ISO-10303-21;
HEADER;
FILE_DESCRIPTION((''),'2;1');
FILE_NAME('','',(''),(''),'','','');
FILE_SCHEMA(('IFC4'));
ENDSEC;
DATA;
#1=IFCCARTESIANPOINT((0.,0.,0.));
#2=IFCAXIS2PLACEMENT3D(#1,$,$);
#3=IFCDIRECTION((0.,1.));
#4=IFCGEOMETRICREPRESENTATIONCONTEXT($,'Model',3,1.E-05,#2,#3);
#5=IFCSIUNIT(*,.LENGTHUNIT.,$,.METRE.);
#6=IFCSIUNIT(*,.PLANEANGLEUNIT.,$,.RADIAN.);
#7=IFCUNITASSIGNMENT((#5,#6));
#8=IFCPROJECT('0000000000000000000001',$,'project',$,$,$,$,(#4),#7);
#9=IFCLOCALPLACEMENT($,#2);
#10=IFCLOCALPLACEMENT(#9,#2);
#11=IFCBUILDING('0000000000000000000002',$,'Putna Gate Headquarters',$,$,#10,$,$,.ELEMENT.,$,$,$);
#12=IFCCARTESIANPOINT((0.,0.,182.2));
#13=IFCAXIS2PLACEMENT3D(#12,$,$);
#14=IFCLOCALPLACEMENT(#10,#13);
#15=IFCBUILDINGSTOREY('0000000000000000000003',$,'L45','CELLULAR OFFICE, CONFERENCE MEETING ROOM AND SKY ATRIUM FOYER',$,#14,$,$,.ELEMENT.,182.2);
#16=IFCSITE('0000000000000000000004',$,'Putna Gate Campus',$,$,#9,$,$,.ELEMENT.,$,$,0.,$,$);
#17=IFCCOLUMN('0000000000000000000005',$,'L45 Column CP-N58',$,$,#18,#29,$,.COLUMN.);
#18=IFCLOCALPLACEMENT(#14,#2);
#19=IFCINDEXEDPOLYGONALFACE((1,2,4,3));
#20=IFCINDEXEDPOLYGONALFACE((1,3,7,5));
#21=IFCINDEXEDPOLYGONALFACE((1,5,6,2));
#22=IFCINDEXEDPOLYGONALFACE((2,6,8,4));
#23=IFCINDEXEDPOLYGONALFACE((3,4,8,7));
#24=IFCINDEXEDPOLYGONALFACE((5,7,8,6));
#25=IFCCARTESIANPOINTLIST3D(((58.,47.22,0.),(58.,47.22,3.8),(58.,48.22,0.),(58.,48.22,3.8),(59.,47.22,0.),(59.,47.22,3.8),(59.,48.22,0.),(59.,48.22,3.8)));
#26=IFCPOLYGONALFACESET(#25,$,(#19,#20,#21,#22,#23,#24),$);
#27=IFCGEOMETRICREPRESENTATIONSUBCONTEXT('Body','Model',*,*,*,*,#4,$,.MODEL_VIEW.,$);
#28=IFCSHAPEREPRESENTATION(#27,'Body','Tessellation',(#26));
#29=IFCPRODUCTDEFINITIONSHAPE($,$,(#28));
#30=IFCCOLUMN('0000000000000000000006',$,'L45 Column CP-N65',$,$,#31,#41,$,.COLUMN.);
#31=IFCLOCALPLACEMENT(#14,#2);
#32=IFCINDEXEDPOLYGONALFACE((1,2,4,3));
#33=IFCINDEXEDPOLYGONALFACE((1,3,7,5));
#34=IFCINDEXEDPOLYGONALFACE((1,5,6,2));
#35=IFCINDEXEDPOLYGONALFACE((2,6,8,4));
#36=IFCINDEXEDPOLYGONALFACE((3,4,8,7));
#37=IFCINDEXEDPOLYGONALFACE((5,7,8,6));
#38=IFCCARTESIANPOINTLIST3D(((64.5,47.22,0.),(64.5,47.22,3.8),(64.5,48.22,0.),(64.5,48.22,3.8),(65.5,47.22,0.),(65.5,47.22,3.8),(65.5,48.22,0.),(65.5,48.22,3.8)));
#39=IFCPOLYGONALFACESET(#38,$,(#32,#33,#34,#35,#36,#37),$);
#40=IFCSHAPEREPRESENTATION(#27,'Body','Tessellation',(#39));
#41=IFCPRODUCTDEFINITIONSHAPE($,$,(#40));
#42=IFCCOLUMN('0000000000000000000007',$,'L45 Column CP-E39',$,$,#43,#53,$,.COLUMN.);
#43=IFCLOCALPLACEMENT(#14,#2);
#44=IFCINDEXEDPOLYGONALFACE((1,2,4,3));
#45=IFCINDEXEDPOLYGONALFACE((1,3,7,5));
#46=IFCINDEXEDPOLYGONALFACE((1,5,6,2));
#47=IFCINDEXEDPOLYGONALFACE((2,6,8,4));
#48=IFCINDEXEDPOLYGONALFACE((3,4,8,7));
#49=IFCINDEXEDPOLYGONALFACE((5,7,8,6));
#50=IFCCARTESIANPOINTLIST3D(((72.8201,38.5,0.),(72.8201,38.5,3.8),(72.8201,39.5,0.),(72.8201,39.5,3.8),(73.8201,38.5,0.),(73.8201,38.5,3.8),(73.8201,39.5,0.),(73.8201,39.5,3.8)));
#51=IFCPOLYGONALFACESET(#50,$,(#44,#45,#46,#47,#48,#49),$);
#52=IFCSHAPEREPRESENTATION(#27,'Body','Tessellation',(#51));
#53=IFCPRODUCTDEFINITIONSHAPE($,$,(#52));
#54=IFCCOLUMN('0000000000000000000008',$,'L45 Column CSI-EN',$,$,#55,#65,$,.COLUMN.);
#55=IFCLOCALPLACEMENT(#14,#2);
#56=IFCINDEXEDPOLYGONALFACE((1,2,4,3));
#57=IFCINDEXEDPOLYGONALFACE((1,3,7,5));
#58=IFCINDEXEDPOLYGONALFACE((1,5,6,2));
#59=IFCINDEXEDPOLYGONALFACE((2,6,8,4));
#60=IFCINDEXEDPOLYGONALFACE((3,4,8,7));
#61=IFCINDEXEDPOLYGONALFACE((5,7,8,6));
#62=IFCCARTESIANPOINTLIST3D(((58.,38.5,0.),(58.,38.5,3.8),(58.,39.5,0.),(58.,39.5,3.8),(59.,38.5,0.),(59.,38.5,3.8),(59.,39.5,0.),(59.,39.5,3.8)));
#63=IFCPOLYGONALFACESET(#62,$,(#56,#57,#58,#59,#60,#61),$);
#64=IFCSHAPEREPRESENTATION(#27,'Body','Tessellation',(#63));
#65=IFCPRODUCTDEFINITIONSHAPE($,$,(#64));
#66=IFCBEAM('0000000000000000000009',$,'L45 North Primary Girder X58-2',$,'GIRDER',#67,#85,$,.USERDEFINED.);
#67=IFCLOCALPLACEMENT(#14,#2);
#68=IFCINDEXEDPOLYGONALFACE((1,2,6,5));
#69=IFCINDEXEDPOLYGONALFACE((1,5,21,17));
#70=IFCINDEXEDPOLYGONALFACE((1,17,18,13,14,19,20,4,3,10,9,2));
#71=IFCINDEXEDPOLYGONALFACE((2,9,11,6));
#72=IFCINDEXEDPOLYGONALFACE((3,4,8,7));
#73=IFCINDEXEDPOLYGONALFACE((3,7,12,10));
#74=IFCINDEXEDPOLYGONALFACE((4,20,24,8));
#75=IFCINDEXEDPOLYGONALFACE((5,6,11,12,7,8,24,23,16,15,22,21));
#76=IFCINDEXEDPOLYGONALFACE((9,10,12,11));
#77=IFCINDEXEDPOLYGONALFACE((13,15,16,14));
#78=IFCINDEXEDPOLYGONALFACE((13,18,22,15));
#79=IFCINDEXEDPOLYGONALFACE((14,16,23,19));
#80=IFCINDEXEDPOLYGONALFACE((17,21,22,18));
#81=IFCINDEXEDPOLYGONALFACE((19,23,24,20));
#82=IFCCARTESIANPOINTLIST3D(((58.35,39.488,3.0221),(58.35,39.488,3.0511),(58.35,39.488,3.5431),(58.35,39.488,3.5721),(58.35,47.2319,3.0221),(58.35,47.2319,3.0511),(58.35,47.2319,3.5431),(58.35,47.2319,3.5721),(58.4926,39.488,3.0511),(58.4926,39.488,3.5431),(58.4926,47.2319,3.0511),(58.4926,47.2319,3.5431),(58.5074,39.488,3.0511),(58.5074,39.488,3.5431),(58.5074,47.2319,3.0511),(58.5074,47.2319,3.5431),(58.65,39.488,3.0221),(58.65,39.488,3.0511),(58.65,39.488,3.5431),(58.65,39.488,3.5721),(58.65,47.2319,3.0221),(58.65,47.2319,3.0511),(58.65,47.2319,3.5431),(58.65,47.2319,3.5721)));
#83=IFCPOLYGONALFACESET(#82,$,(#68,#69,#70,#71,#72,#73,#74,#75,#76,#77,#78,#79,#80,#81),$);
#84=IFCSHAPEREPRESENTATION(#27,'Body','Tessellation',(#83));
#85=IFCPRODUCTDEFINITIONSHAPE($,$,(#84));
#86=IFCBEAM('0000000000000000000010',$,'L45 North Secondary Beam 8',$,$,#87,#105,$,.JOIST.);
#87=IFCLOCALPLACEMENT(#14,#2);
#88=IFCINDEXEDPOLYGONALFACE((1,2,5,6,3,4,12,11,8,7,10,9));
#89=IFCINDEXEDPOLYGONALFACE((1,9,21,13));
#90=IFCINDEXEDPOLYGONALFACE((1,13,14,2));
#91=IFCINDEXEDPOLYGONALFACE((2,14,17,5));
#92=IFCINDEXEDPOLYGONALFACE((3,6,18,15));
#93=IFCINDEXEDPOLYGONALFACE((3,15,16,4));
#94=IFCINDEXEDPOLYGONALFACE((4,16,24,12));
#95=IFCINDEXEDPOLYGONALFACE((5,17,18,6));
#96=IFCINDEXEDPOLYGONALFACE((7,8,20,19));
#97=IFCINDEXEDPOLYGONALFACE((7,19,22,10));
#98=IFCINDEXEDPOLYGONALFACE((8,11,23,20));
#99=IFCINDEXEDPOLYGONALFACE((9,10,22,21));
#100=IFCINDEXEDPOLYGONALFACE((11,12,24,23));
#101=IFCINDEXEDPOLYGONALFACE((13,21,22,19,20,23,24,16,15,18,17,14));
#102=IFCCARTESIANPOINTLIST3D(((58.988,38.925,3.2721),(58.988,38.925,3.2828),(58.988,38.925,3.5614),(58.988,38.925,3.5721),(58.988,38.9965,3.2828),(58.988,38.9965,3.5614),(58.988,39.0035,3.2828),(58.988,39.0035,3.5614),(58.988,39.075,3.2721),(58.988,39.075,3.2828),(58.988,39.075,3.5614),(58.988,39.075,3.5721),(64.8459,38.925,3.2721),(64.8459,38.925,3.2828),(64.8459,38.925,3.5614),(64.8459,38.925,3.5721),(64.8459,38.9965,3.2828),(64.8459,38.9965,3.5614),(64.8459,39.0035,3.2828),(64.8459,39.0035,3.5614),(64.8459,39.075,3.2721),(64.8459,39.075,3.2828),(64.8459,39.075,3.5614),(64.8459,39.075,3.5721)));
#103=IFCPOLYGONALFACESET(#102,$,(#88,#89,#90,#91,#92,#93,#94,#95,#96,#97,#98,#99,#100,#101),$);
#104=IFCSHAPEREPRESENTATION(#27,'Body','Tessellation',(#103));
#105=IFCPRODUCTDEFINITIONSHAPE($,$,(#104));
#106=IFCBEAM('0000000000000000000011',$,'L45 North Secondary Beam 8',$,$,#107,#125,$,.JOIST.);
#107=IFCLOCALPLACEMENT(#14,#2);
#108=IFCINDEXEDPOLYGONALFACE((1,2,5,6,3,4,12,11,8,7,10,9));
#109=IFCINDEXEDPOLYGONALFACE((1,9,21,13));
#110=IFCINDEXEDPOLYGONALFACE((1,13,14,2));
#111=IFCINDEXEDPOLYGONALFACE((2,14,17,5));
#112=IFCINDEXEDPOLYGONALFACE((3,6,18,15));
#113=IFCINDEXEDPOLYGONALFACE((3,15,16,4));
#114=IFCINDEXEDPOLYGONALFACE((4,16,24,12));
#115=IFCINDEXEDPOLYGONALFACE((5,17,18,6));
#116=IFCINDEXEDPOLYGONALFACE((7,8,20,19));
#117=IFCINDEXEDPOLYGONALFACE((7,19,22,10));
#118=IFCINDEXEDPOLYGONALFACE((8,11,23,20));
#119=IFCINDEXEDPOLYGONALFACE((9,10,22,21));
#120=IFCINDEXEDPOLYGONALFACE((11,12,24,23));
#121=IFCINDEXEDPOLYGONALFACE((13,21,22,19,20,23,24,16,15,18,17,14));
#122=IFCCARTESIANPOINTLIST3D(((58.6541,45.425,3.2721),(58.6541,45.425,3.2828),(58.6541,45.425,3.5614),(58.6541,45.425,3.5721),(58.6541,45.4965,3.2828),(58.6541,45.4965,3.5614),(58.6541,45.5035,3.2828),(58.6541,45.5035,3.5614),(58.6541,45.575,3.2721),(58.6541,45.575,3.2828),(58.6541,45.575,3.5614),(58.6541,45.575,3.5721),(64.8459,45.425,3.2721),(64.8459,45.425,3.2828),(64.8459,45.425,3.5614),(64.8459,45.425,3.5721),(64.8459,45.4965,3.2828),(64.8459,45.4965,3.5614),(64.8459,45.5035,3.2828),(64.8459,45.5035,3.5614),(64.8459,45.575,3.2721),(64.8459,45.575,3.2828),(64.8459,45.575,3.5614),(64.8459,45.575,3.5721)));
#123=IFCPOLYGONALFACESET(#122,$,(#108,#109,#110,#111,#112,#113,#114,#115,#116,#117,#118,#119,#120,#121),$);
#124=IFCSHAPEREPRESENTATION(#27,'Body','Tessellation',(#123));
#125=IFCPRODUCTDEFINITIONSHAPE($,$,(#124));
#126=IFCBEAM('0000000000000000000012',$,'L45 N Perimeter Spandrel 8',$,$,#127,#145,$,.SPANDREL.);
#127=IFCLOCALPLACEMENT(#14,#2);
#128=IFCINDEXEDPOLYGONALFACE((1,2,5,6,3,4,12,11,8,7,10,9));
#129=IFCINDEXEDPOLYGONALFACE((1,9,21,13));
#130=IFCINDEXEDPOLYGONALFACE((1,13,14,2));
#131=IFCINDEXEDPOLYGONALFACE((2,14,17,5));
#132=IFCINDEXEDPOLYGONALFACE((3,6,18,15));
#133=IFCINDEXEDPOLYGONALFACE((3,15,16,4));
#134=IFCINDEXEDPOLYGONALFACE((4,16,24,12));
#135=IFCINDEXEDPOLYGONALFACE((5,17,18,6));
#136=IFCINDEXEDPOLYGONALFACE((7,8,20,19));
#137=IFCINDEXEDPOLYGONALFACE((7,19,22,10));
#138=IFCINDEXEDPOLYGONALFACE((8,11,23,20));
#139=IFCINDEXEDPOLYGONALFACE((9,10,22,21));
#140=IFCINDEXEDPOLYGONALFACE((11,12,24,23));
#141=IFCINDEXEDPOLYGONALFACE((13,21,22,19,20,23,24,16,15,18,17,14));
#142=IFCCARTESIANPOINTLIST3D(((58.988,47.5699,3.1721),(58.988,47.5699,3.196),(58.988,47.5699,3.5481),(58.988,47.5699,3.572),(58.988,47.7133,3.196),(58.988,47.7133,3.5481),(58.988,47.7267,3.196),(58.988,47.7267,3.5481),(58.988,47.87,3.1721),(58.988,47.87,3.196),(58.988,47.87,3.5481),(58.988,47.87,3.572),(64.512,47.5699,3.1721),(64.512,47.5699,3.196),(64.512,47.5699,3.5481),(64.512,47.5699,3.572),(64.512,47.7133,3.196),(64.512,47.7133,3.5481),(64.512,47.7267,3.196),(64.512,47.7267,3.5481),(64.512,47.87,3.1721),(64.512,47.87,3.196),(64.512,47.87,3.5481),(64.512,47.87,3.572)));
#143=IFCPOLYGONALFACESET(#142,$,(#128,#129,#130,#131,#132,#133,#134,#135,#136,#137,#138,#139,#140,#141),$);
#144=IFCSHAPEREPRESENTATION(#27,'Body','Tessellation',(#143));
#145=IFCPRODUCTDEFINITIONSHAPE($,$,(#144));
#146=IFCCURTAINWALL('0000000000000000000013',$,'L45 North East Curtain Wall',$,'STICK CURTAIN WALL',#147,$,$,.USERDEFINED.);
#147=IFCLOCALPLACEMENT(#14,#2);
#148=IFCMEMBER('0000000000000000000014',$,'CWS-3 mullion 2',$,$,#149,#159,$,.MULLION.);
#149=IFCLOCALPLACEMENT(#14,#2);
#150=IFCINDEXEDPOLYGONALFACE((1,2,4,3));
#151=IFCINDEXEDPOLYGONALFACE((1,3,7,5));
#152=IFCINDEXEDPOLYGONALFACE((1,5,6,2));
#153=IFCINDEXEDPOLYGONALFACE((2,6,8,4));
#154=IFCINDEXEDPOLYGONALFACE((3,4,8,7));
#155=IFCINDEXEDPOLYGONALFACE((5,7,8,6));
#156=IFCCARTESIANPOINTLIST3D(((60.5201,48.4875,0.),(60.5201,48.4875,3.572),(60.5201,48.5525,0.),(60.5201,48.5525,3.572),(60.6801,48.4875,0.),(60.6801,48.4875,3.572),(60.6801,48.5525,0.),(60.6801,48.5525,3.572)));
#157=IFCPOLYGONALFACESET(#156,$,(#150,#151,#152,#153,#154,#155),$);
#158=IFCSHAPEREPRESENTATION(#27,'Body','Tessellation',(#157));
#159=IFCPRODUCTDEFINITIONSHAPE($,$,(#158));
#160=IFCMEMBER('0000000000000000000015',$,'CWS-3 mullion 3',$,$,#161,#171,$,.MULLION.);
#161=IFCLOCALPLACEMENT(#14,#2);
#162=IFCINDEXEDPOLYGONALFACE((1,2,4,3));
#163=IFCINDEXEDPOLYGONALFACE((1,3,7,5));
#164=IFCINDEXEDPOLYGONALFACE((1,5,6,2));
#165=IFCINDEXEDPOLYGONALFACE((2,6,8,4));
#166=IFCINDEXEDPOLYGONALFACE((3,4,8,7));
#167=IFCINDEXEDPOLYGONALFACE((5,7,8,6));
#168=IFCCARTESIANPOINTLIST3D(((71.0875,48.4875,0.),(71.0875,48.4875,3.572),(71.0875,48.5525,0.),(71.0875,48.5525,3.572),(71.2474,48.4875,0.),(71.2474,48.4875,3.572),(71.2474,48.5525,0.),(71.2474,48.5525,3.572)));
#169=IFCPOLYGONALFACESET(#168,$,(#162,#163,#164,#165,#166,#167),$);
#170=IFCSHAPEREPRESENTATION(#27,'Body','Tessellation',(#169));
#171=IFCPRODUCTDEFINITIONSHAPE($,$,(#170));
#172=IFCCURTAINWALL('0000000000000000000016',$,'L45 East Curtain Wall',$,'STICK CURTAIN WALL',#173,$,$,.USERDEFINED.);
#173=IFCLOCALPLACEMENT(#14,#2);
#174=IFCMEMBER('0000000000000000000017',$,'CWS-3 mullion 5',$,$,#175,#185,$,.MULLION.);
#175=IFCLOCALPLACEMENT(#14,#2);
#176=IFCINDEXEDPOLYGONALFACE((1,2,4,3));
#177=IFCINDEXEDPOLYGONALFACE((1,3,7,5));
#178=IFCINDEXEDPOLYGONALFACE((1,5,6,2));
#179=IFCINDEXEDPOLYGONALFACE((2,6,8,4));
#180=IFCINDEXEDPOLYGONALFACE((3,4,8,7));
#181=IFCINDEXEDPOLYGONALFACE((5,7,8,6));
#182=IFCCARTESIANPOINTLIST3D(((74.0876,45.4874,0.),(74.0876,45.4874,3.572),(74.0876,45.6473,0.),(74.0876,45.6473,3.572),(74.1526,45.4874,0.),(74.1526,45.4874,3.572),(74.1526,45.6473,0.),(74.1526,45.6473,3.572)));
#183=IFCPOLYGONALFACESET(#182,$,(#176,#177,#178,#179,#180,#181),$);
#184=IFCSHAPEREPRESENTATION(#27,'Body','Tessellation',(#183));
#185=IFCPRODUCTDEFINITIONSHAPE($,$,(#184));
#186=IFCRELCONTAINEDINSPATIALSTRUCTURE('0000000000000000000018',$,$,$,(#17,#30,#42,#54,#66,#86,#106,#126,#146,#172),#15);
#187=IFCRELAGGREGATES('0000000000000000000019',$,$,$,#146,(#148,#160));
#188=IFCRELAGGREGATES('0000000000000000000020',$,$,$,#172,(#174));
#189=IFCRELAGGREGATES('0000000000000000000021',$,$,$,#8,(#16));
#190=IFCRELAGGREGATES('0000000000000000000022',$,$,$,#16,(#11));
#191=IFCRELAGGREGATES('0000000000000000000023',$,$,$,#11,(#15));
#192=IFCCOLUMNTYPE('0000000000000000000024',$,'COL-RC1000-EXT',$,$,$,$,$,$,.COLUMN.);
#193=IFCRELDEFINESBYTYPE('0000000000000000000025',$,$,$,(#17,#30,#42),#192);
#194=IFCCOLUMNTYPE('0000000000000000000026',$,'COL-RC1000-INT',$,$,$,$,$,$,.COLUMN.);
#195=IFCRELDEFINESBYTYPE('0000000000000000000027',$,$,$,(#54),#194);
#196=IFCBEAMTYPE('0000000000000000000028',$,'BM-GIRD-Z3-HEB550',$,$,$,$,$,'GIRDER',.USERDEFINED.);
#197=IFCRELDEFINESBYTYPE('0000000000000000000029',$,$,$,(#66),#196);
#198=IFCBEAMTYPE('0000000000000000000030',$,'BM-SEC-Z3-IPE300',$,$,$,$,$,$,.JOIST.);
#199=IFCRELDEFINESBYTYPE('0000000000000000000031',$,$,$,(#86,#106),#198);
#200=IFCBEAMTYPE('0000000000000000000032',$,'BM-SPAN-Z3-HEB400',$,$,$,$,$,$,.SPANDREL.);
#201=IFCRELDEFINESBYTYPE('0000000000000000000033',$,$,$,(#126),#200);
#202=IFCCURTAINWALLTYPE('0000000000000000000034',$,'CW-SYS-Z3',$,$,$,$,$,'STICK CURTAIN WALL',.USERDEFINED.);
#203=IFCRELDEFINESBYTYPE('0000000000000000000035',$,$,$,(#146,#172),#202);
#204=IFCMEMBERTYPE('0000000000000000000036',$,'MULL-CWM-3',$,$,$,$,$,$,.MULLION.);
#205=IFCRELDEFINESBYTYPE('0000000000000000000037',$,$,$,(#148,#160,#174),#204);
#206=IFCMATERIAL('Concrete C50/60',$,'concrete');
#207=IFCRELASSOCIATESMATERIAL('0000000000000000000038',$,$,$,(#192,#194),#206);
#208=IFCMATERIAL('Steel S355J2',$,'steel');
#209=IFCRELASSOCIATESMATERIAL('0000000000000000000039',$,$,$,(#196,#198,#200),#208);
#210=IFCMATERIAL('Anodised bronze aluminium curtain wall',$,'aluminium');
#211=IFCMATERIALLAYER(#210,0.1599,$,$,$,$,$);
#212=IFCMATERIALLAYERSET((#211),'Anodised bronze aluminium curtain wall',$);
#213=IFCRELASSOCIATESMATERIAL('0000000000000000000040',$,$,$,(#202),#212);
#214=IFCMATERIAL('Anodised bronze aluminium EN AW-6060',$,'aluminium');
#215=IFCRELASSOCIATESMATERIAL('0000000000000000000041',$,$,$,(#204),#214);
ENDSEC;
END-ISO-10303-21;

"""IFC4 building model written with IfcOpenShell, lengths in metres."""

from ifc_helpers import new_model, si_unit, direction, frame, origin, origin_2d, place, context, subcontext, project, spatial, rectangle, i_section, extrude, material, layer, layer_set, material_profile, profile_set, type_object, element, aggregate, save


model = new_model("IFC4")

# Units and contexts
model_context = context("Model", 3, precision=1e-05, world=origin(), true_north=direction((0.0, 1.0)))
body_context = subcontext(model_context, "Body", "Model", "MODEL_VIEW")
ifc_project = project(units=[si_unit("LENGTHUNIT", "METRE"), si_unit("PLANEANGLEUNIT", "RADIAN")], contexts=[model_context])

# Site, building, storey
site_placement = place(None, origin())
site = spatial("IfcSite", under=ifc_project, at=site_placement, Name="Putna Gate Campus", CompositionType="ELEMENT", RefElevation=0.0)
building_placement = place(site_placement, origin())
building = spatial("IfcBuilding", under=site, at=building_placement, Name="Putna Gate Headquarters", CompositionType="ELEMENT")
storey_placement = place(building_placement, frame((0.0, 0.0, 182.2)))
storey = spatial("IfcBuildingStorey", under=building, at=storey_placement, Name="L45", Description="CELLULAR OFFICE, CONFERENCE MEETING ROOM AND SKY ATRIUM FOYER", CompositionType="ELEMENT", Elevation=182.2)

# Columns
ifc_material_1 = material(Name="Concrete C50/60", Category="concrete")
ifc_material_profile_1 = material_profile(ifc_material_1, rectangle(XDim=1.0, YDim=1.0, at=origin_2d()), Name="Concrete C50/60")
ifc_profile_set_1 = profile_set([ifc_material_profile_1], Name="Concrete C50/60")
column_type_1 = type_object("IfcColumnType", Name="COL-RC1000-EXT", PredefinedType="COLUMN", material=ifc_profile_set_1)
for number, where, z_axis, x_axis, name in (
    (1, (58.5, 47.72, 0.0), (0.0, 0.0, 1.0), (1.0, 0.0, 0.0), "L45 Column CP-N58"),
    (2, (65.0, 47.72, 0.0), (0.0, 0.0, 1.0), (1.0, 0.0, 0.0), "L45 Column CP-N65"),
    (3, (73.3201, 39.0, 0.0), (0.0, 0.0, 1.0), (1.0, 0.0, 0.0), "L45 Column CP-E39"),
):
    element("IfcColumn", number, at=place(storey_placement, frame(where, z_axis=z_axis, x_axis=x_axis)), inside=storey, type_object=column_type_1, Name=name, PredefinedType="COLUMN", context=body_context, shape_type="SweptSolid", body=[
        extrude(rectangle(XDim=1.0, YDim=1.0, at=origin_2d()), origin(), (0.0, 0.0, 1.0), 3.8),
    ])
ifc_material_profile_2 = material_profile(ifc_material_1, rectangle(XDim=1.0, YDim=1.0, at=origin_2d()), Name="Concrete C50/60")
ifc_profile_set_2 = profile_set([ifc_material_profile_2], Name="Concrete C50/60")
column_type_2 = type_object("IfcColumnType", Name="COL-RC1000-INT", PredefinedType="COLUMN", material=ifc_profile_set_2)
column_placement = place(storey_placement, frame((58.5, 39.0, 0.0), z_axis=(0.0, 0.0, 1.0), x_axis=(1.0, 0.0, 0.0)))
element("IfcColumn", 4, at=column_placement, inside=storey, type_object=column_type_2, Name="L45 Column CSI-EN", PredefinedType="COLUMN", context=body_context, shape_type="SweptSolid", body=[
    extrude(rectangle(XDim=1.0, YDim=1.0, at=origin_2d()), origin(), (0.0, 0.0, 1.0), 3.8),
])

# Beams
ifc_material_2 = material(Name="Steel S355J2", Category="steel")
ifc_material_profile_3 = material_profile(ifc_material_2, i_section(OverallWidth=0.3, OverallDepth=0.55, WebThickness=0.0149, FlangeThickness=0.0291, at=origin_2d()), Name="Steel S355J2")
ifc_profile_set_3 = profile_set([ifc_material_profile_3], Name="Steel S355J2")
beam_type_1 = type_object("IfcBeamType", Name="BM-GIRD-Z3-HEB550", ElementType="GIRDER", PredefinedType="USERDEFINED", material=ifc_profile_set_3)
beam_1_placement = place(storey_placement, frame((58.5, 39.488, 3.2971), z_axis=(0.0, 1.0, 0.0), x_axis=(-1.0, 0.0, 0.0)))
element("IfcBeam", 5, at=beam_1_placement, inside=storey, type_object=beam_type_1, Name="L45 North Primary Girder X58-2", ObjectType="GIRDER", PredefinedType="USERDEFINED", context=body_context, shape_type="SweptSolid", body=[
    extrude(i_section(OverallWidth=0.3, OverallDepth=0.55, WebThickness=0.0149, FlangeThickness=0.0291, at=origin_2d()), origin(), (0.0, 0.0, 1.0), 7.7439),
])
ifc_material_profile_4 = material_profile(ifc_material_2, i_section(OverallWidth=0.1499, OverallDepth=0.3, WebThickness=0.0071, FlangeThickness=0.0107, at=origin_2d()), Name="Steel S355J2")
ifc_profile_set_4 = profile_set([ifc_material_profile_4], Name="Steel S355J2")
beam_type_2 = type_object("IfcBeamType", Name="BM-SEC-Z3-IPE300", PredefinedType="JOIST", material=ifc_profile_set_4)
beam_2_placement = place(storey_placement, frame((58.988, 39.0, 3.4221), z_axis=(1.0, 0.0, 0.0), x_axis=(0.0, 1.0, 0.0)))
element("IfcBeam", 6, at=beam_2_placement, inside=storey, type_object=beam_type_2, Name="L45 North Secondary Beam 8", PredefinedType="JOIST", context=body_context, shape_type="SweptSolid", body=[
    extrude(i_section(OverallWidth=0.1499, OverallDepth=0.3, WebThickness=0.0071, FlangeThickness=0.0107, at=origin_2d()), origin(), (0.0, 0.0, 1.0), 5.8579),
])
beam_3_placement = place(storey_placement, frame((58.6541, 45.5, 3.4221), z_axis=(1.0, 0.0, 0.0), x_axis=(0.0, 1.0, 0.0)))
element("IfcBeam", 7, at=beam_3_placement, inside=storey, type_object=beam_type_2, Name="L45 North Secondary Beam 8", PredefinedType="JOIST", context=body_context, shape_type="SweptSolid", body=[
    extrude(i_section(OverallWidth=0.1499, OverallDepth=0.3, WebThickness=0.0071, FlangeThickness=0.0107, at=origin_2d()), origin(), (0.0, 0.0, 1.0), 6.1919),
])
ifc_material_profile_5 = material_profile(ifc_material_2, i_section(OverallWidth=0.3, OverallDepth=0.3999, WebThickness=0.0134, FlangeThickness=0.0239, at=origin_2d()), Name="Steel S355J2")
ifc_profile_set_5 = profile_set([ifc_material_profile_5], Name="Steel S355J2")
beam_type_3 = type_object("IfcBeamType", Name="BM-SPAN-Z3-HEB400", PredefinedType="SPANDREL", material=ifc_profile_set_5)
beam_4_placement = place(storey_placement, frame((58.988, 47.72, 3.3721), z_axis=(1.0, 0.0, 0.0), x_axis=(0.0, 1.0, 0.0)))
element("IfcBeam", 8, at=beam_4_placement, inside=storey, type_object=beam_type_3, Name="L45 N Perimeter Spandrel 8", PredefinedType="SPANDREL", context=body_context, shape_type="SweptSolid", body=[
    extrude(i_section(OverallWidth=0.3, OverallDepth=0.3999, WebThickness=0.0134, FlangeThickness=0.0239, at=origin_2d()), origin(), (0.0, 0.0, 1.0), 5.5239),
])

# Curtain wall, members
ifc_material_3 = material(Name="Anodised bronze aluminium curtain wall", Category="aluminium")
ifc_layer_1 = layer(ifc_material_3, 0.1599)
ifc_layer_set_1 = layer_set([ifc_layer_1], Name="Anodised bronze aluminium curtain wall")
curtain_wall_type = type_object("IfcCurtainWallType", Name="CW-SYS-Z3", ElementType="STICK CURTAIN WALL", PredefinedType="USERDEFINED", material=ifc_layer_set_1)
curtain_wall_1_placement = place(storey_placement, origin())
curtain_wall_1 = element("IfcCurtainWall", 9, at=curtain_wall_1_placement, inside=storey, type_object=curtain_wall_type, Name="L45 North East Curtain Wall", ObjectType="STICK CURTAIN WALL", PredefinedType="USERDEFINED")
ifc_material_4 = material(Name="Anodised bronze aluminium EN AW-6060", Category="aluminium")
ifc_material_profile_6 = material_profile(ifc_material_4, rectangle(XDim=0.0649, YDim=0.1599, at=origin_2d()), Name="Anodised bronze aluminium EN AW-6060")
ifc_profile_set_6 = profile_set([ifc_material_profile_6], Name="Anodised bronze aluminium EN AW-6060")
member_type_1 = type_object("IfcMemberType", Name="MULL-CWM-3", PredefinedType="MULLION", material=ifc_profile_set_6)
member_1_placement = place(storey_placement, frame((60.6001, 48.52, 0.0), z_axis=(0.0, 0.0, 1.0), x_axis=(0.0, 1.0, 0.0)))
member_1 = element("IfcMember", 10, at=member_1_placement, type_object=member_type_1, Name="CWS-3 mullion 2", PredefinedType="MULLION", context=body_context, shape_type="SweptSolid", body=[
    extrude(rectangle(XDim=0.0649, YDim=0.1599, at=origin_2d()), origin(), (0.0, 0.0, 1.0), 3.572),
])
member_2_placement = place(storey_placement, frame((71.1675, 48.52, 0.0), z_axis=(0.0, 0.0, 1.0), x_axis=(0.0, 1.0, 0.0)))
member_2 = element("IfcMember", 11, at=member_2_placement, type_object=member_type_1, Name="CWS-3 mullion 3", PredefinedType="MULLION", context=body_context, shape_type="SweptSolid", body=[
    extrude(rectangle(XDim=0.0649, YDim=0.1599, at=origin_2d()), origin(), (0.0, 0.0, 1.0), 3.572),
])

# Curtain wall, member
curtain_wall_2_placement = place(storey_placement, origin())
curtain_wall_2 = element("IfcCurtainWall", 12, at=curtain_wall_2_placement, inside=storey, type_object=curtain_wall_type, Name="L45 East Curtain Wall", ObjectType="STICK CURTAIN WALL", PredefinedType="USERDEFINED")
member_3_placement = place(storey_placement, frame((74.1201, 45.5674, 0.0), z_axis=(0.0, 0.0, 1.0), x_axis=(-1.0, 0.0, 0.0)))
member_3 = element("IfcMember", 13, at=member_3_placement, type_object=member_type_1, Name="CWS-3 mullion 5", PredefinedType="MULLION", context=body_context, shape_type="SweptSolid", body=[
    extrude(rectangle(XDim=0.0649, YDim=0.1599, at=origin_2d()), origin(), (0.0, 0.0, 1.0), 3.572),
])

aggregate(curtain_wall_1, [member_1, member_2])
aggregate(curtain_wall_2, [member_3])

save(model, "model.ifc")
